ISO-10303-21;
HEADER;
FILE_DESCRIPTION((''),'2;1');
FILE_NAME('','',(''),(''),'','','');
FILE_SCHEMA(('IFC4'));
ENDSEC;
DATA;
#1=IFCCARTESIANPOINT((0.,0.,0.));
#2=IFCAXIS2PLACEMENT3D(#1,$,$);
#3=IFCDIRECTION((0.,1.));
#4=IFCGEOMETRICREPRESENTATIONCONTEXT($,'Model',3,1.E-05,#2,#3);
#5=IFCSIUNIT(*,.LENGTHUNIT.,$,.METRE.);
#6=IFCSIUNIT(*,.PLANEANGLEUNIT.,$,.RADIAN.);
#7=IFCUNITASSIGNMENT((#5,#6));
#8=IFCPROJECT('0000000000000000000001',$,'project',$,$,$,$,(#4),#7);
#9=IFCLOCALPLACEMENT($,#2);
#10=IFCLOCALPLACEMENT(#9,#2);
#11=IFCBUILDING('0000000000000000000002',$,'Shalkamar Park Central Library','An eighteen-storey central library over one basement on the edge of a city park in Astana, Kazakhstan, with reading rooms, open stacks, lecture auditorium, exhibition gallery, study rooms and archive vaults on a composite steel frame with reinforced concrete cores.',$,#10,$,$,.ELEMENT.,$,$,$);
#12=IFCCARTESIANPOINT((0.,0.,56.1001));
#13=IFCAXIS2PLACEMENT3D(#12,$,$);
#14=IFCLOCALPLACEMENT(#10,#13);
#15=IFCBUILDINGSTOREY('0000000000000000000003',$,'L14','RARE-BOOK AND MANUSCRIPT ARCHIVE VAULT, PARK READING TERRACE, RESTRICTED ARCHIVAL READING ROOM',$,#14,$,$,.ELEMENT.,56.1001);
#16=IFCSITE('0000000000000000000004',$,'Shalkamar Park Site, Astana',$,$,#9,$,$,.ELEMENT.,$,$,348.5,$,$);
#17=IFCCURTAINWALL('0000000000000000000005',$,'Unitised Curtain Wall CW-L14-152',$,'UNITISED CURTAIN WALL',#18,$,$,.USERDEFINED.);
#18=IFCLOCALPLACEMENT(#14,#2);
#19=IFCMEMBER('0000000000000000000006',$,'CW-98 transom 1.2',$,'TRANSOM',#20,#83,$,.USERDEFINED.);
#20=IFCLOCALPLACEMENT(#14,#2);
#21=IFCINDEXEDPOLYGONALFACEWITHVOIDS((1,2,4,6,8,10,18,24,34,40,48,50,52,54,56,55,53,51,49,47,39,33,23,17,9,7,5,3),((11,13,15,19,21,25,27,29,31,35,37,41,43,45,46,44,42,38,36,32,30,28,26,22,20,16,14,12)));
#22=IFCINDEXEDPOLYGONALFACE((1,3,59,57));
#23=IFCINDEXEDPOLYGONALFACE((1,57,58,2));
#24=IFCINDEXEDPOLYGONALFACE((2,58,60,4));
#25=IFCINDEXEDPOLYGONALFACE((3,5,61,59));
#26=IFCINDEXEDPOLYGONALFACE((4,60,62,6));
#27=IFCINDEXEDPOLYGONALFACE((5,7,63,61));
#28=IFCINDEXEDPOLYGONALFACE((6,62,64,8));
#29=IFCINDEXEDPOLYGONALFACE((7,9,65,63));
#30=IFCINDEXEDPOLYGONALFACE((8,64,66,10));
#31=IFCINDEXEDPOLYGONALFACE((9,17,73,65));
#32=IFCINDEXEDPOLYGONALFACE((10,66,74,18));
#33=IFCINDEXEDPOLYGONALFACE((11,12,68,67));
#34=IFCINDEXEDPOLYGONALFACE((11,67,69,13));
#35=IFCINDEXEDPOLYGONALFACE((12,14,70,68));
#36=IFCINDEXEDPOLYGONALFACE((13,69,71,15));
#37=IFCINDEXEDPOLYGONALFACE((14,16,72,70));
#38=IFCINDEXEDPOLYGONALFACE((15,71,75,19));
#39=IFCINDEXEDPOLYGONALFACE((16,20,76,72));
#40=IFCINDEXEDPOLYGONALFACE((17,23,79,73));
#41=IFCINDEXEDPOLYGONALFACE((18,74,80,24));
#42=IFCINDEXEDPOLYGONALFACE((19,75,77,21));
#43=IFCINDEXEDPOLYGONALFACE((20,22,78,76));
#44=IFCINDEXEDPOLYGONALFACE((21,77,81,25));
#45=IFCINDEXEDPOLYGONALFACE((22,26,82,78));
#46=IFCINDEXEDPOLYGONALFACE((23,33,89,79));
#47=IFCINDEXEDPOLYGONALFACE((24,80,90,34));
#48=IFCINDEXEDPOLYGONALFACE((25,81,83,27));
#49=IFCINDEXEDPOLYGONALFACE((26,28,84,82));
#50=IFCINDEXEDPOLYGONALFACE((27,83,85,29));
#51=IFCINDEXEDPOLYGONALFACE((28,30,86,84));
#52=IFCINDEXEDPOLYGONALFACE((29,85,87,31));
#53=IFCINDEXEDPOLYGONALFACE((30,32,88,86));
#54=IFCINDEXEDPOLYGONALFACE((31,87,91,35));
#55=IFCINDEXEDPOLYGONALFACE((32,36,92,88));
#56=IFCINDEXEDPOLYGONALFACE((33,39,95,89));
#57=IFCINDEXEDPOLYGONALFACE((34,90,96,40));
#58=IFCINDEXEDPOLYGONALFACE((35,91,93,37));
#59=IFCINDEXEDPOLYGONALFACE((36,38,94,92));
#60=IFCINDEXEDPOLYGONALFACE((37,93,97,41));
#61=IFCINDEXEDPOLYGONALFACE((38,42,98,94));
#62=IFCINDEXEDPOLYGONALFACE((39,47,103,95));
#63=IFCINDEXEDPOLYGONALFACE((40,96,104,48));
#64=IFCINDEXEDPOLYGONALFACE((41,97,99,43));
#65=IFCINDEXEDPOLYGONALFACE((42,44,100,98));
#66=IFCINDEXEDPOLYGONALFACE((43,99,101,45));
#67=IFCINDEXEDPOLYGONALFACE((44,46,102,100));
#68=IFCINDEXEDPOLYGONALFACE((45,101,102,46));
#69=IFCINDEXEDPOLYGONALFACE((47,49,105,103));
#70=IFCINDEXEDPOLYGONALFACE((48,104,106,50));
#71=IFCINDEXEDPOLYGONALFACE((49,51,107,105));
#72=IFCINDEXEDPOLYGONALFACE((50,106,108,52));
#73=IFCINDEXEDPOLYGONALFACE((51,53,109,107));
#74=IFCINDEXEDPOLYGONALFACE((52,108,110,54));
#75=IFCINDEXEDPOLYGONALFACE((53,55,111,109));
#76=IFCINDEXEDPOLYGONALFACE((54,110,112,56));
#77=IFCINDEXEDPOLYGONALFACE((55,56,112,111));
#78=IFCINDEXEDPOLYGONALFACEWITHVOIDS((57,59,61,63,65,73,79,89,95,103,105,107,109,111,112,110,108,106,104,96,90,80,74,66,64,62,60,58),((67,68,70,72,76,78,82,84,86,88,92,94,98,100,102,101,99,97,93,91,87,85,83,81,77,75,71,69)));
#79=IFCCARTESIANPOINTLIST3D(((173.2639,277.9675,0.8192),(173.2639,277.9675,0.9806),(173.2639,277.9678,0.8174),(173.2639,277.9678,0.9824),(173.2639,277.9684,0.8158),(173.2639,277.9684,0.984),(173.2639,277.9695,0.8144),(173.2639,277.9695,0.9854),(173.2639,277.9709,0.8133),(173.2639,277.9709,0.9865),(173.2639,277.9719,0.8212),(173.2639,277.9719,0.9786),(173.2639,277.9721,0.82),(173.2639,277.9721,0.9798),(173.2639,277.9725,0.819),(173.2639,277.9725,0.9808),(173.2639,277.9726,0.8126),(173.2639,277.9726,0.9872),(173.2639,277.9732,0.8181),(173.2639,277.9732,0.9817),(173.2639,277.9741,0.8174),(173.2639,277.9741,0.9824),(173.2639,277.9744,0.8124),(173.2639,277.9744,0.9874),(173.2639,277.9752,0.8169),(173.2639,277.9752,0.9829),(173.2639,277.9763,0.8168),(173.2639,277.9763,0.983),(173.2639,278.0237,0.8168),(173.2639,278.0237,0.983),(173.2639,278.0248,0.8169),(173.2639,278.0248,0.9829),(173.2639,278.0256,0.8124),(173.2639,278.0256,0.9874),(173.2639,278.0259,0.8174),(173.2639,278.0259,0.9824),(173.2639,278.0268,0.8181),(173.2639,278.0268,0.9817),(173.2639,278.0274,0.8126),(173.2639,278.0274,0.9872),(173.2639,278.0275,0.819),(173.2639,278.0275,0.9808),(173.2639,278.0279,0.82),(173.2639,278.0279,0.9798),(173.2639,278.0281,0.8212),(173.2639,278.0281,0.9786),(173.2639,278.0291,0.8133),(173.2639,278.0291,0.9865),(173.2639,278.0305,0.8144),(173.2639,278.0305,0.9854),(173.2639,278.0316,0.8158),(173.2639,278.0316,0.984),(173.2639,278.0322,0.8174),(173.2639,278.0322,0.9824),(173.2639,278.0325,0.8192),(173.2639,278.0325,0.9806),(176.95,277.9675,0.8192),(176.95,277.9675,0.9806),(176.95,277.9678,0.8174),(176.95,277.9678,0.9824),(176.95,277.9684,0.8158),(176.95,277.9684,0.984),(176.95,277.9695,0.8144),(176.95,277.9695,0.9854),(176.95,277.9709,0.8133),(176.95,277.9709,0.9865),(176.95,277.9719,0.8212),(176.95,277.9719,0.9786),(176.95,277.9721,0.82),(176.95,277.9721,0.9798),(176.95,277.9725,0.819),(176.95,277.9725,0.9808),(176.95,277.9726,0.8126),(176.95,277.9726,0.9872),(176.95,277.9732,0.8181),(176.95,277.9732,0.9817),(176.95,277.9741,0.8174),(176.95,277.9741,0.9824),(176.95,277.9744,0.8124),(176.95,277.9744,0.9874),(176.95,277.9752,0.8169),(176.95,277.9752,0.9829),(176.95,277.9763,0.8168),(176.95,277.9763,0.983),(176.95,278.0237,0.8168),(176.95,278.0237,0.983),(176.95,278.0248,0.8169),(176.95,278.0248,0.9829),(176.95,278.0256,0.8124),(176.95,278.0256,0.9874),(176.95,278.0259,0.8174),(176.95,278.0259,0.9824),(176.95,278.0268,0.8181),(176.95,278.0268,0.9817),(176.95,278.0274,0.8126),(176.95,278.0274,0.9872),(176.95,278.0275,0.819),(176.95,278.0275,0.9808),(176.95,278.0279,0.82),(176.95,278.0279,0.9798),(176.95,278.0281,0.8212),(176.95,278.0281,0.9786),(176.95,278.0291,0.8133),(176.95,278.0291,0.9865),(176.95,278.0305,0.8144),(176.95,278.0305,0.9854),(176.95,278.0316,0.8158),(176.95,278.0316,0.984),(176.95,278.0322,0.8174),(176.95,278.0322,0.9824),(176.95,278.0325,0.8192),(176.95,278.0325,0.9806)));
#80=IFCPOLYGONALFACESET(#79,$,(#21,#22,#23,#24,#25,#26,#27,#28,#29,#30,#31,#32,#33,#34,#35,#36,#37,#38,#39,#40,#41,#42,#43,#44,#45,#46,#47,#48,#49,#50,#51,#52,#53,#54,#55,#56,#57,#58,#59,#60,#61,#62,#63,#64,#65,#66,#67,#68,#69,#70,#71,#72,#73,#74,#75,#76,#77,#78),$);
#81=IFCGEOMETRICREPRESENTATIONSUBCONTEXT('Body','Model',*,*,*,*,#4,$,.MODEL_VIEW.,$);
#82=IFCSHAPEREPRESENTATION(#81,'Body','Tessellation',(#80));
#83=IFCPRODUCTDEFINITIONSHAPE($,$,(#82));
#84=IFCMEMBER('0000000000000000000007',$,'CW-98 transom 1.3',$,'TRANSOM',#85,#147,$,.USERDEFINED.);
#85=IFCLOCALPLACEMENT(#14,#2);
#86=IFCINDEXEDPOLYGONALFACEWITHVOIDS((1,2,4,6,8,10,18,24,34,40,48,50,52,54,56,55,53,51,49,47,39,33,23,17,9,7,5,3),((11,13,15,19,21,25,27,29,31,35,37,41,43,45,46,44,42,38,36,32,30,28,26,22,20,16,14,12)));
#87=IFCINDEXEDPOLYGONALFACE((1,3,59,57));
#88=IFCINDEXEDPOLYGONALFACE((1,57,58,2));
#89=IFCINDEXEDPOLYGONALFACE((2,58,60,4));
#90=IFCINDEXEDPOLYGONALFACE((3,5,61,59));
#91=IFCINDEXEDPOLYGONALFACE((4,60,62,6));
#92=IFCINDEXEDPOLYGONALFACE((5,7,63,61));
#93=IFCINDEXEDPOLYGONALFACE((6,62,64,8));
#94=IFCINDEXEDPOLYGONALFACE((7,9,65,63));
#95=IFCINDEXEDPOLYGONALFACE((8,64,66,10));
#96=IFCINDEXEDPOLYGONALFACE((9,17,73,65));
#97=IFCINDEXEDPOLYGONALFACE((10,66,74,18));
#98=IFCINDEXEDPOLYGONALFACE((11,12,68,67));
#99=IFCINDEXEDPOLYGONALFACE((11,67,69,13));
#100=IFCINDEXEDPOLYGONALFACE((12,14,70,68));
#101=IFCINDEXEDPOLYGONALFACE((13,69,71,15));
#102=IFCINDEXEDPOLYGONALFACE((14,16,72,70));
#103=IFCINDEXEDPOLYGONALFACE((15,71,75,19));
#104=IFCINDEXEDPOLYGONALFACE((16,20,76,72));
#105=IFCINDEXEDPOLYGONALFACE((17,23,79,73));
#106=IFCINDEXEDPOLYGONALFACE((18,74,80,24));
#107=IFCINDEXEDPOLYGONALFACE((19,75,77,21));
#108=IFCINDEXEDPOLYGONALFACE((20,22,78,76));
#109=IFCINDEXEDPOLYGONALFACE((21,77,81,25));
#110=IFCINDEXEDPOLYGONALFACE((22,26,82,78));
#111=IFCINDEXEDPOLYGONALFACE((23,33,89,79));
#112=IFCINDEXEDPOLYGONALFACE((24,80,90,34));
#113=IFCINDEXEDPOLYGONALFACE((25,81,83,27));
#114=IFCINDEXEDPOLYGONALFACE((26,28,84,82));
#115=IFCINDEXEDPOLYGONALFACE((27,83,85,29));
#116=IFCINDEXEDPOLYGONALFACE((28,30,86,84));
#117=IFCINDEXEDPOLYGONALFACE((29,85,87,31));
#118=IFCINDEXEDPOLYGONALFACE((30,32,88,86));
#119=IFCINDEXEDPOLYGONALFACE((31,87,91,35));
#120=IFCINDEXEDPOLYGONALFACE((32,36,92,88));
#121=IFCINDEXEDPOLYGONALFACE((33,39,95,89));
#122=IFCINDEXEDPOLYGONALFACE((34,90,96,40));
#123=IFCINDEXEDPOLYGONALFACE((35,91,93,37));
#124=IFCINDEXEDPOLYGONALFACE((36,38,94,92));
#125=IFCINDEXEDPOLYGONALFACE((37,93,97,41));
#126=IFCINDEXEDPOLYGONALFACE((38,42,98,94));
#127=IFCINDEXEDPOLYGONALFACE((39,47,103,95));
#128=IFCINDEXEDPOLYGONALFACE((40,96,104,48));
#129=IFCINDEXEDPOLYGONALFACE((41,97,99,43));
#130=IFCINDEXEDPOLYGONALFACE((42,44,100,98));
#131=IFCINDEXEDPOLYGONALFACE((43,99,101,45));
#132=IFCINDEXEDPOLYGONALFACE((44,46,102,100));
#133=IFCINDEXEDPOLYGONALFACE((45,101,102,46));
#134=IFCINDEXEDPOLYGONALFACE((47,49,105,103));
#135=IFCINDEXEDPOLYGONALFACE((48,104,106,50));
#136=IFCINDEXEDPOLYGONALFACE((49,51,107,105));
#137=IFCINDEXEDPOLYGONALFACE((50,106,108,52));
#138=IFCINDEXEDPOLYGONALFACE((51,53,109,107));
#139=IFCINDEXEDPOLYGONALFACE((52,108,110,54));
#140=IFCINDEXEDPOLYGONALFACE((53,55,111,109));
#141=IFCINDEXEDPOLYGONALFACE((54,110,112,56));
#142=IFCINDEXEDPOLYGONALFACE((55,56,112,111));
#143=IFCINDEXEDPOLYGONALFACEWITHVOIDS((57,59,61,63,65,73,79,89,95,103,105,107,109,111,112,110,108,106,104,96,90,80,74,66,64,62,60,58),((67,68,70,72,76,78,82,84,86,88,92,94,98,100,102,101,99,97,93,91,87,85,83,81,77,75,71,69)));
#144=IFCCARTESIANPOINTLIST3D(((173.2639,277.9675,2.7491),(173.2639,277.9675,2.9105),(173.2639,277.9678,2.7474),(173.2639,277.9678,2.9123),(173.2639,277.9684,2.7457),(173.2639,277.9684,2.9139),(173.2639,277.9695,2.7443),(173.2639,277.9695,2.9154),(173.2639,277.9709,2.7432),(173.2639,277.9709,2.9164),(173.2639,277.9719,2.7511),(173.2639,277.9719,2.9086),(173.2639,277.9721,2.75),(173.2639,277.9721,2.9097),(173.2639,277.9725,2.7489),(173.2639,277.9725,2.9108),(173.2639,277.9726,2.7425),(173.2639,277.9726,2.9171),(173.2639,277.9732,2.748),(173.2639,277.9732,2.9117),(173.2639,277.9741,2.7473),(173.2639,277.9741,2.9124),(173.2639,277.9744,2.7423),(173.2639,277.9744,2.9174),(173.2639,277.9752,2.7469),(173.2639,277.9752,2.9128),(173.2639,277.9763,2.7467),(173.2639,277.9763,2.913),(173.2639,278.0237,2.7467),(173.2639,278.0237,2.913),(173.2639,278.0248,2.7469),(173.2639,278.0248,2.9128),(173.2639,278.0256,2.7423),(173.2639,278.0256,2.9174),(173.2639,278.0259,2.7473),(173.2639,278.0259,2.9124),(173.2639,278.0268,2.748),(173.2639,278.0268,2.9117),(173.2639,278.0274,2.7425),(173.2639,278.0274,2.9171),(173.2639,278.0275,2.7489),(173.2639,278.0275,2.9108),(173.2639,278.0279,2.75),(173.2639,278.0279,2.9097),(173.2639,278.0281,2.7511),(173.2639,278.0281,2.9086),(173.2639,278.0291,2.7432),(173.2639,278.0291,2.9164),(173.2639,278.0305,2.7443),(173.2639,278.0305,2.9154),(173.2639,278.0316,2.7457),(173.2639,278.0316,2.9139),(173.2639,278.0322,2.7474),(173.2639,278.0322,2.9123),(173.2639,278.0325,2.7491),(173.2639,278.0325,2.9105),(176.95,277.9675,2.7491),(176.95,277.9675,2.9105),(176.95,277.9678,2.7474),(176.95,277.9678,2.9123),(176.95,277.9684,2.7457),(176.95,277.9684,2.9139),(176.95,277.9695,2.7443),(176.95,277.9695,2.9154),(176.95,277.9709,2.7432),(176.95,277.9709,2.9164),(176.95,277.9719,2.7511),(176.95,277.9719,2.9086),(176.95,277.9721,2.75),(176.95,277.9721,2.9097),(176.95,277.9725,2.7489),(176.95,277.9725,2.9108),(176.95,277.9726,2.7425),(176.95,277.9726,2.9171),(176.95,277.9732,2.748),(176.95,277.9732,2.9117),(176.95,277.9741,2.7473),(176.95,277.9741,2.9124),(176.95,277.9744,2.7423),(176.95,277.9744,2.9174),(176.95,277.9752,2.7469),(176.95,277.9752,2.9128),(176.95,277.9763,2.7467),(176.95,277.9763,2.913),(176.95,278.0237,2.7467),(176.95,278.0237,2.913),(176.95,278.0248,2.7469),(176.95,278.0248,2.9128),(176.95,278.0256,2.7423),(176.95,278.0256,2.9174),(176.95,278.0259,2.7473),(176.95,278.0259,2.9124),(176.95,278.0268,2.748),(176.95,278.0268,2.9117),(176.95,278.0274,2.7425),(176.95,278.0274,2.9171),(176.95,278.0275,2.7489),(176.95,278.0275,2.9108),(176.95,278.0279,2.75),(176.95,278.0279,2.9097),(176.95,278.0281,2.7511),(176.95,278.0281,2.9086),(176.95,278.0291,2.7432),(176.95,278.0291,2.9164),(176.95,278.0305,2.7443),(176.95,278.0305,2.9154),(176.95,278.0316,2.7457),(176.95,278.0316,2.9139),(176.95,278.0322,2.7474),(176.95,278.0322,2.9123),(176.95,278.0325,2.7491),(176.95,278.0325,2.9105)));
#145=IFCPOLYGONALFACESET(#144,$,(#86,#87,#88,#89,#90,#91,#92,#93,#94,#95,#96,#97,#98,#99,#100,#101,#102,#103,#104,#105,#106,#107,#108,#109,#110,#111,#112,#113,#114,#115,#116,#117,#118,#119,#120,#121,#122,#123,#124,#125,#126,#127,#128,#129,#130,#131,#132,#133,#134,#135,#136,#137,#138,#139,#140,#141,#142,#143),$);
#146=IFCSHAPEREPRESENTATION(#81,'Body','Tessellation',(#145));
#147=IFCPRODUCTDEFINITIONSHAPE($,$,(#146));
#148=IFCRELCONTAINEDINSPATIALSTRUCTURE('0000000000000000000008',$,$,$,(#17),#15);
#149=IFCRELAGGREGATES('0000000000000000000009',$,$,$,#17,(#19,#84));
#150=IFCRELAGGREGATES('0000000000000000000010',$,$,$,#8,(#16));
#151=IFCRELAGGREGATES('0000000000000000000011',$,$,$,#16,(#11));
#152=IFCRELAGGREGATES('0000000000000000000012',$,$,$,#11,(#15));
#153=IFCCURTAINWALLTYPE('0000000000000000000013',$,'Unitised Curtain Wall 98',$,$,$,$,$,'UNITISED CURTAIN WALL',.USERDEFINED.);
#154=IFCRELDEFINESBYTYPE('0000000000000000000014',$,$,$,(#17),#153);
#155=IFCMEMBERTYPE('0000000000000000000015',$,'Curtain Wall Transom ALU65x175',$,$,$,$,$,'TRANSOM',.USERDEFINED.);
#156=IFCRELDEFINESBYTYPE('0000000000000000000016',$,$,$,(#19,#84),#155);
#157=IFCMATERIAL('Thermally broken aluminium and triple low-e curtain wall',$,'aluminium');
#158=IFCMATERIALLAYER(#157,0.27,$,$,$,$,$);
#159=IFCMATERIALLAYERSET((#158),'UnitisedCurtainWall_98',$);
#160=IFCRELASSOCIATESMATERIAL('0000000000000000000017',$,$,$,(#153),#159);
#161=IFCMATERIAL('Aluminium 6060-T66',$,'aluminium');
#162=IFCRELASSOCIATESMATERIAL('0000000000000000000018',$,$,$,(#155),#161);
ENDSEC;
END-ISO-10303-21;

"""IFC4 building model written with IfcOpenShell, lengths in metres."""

from ifc_helpers import new_model, si_unit, direction, frame, origin, origin_2d, place, context, subcontext, project, spatial, hollow_rectangle, extrude, material, layer, layer_set, material_profile, profile_set, type_object, element, aggregate, save


model = new_model("IFC4")

# Units and contexts
model_context = context("Model", 3, precision=1e-05, world=origin(), true_north=direction((0.0, 1.0)))
body_context = subcontext(model_context, "Body", "Model", "MODEL_VIEW")
ifc_project = project(units=[si_unit("LENGTHUNIT", "METRE"), si_unit("PLANEANGLEUNIT", "RADIAN")], contexts=[model_context])

# Site, building, storey
site_placement = place(None, origin())
site = spatial("IfcSite", under=ifc_project, at=site_placement, Name="Shalkamar Park Site, Astana", CompositionType="ELEMENT", RefElevation=348.5)
building_placement = place(site_placement, origin())
building = spatial("IfcBuilding", under=site, at=building_placement, Name="Shalkamar Park Central Library", Description="An eighteen-storey central library over one basement on the edge of a city park in Astana, Kazakhstan, with reading rooms, open stacks, lecture auditorium, exhibition gallery, study rooms and archive vaults on a composite steel frame with reinforced concrete cores.", CompositionType="ELEMENT")
storey_placement = place(building_placement, frame((0.0, 0.0, 56.1001)))
storey = spatial("IfcBuildingStorey", under=building, at=storey_placement, Name="L14", Description="RARE-BOOK AND MANUSCRIPT ARCHIVE VAULT, PARK READING TERRACE, RESTRICTED ARCHIVAL READING ROOM", CompositionType="ELEMENT", Elevation=56.1001)

# Curtain wall
ifc_material_1 = material(Name="Thermally broken aluminium and triple low-e curtain wall", Category="aluminium")
ifc_layer_1 = layer(ifc_material_1, 0.27)
ifc_layer_set_1 = layer_set([ifc_layer_1], Name="UnitisedCurtainWall_98")
curtain_wall_type_1 = type_object("IfcCurtainWallType", Name="Unitised Curtain Wall 98", ElementType="UNITISED CURTAIN WALL", PredefinedType="USERDEFINED", material=ifc_layer_set_1)
curtain_wall_1_placement = place(storey_placement, origin())
curtain_wall_1 = element("IfcCurtainWall", 1, at=curtain_wall_1_placement, inside=storey, type_object=curtain_wall_type_1, Name="Unitised Curtain Wall CW-L14-152", ObjectType="UNITISED CURTAIN WALL", PredefinedType="USERDEFINED")
ifc_material_2 = material(Name="Aluminium 6060-T66", Category="aluminium")

# Members
ifc_material_profile_1 = material_profile(ifc_material_2, hollow_rectangle(XDim=0.0649, YDim=0.175, WallThickness=0.0044, InnerFilletRadius=0.0044, OuterFilletRadius=0.0068, at=origin_2d()), Name="ALU 65x175x4.5")
ifc_profile_set_1 = profile_set([ifc_material_profile_1], Name="Aluminium 6060-T66")
member_type_1 = type_object("IfcMemberType", Name="Curtain Wall Transom ALU65x175", ElementType="TRANSOM", PredefinedType="USERDEFINED", material=ifc_profile_set_1)
member_1_placement = place(storey_placement, frame((173.2639, 278.0, 0.8999), z_axis=(1.0, 0.0, 0.0), x_axis=(0.0, 1.0, 0.0)))
member_1 = element("IfcMember", 2, at=member_1_placement, type_object=member_type_1, Name="CW-98 transom 1.2", ObjectType="TRANSOM", PredefinedType="USERDEFINED", context=body_context, shape_type="SweptSolid", body=[
    extrude(hollow_rectangle(XDim=0.0649, YDim=0.175, WallThickness=0.0044, InnerFilletRadius=0.0044, OuterFilletRadius=0.0068, at=origin_2d()), origin(), (0.0, 0.0, 1.0), 3.686),
])
member_2_placement = place(storey_placement, frame((173.2639, 278.0, 2.8298), z_axis=(1.0, 0.0, 0.0), x_axis=(0.0, 1.0, 0.0)))
member_2 = element("IfcMember", 3, at=member_2_placement, type_object=member_type_1, Name="CW-98 transom 1.3", ObjectType="TRANSOM", PredefinedType="USERDEFINED", context=body_context, shape_type="SweptSolid", body=[
    extrude(hollow_rectangle(XDim=0.0649, YDim=0.175, WallThickness=0.0044, InnerFilletRadius=0.0044, OuterFilletRadius=0.0068, at=origin_2d()), origin(), (0.0, 0.0, 1.0), 3.686),
])

aggregate(curtain_wall_1, [member_1, member_2])

save(model, "model.ifc")
